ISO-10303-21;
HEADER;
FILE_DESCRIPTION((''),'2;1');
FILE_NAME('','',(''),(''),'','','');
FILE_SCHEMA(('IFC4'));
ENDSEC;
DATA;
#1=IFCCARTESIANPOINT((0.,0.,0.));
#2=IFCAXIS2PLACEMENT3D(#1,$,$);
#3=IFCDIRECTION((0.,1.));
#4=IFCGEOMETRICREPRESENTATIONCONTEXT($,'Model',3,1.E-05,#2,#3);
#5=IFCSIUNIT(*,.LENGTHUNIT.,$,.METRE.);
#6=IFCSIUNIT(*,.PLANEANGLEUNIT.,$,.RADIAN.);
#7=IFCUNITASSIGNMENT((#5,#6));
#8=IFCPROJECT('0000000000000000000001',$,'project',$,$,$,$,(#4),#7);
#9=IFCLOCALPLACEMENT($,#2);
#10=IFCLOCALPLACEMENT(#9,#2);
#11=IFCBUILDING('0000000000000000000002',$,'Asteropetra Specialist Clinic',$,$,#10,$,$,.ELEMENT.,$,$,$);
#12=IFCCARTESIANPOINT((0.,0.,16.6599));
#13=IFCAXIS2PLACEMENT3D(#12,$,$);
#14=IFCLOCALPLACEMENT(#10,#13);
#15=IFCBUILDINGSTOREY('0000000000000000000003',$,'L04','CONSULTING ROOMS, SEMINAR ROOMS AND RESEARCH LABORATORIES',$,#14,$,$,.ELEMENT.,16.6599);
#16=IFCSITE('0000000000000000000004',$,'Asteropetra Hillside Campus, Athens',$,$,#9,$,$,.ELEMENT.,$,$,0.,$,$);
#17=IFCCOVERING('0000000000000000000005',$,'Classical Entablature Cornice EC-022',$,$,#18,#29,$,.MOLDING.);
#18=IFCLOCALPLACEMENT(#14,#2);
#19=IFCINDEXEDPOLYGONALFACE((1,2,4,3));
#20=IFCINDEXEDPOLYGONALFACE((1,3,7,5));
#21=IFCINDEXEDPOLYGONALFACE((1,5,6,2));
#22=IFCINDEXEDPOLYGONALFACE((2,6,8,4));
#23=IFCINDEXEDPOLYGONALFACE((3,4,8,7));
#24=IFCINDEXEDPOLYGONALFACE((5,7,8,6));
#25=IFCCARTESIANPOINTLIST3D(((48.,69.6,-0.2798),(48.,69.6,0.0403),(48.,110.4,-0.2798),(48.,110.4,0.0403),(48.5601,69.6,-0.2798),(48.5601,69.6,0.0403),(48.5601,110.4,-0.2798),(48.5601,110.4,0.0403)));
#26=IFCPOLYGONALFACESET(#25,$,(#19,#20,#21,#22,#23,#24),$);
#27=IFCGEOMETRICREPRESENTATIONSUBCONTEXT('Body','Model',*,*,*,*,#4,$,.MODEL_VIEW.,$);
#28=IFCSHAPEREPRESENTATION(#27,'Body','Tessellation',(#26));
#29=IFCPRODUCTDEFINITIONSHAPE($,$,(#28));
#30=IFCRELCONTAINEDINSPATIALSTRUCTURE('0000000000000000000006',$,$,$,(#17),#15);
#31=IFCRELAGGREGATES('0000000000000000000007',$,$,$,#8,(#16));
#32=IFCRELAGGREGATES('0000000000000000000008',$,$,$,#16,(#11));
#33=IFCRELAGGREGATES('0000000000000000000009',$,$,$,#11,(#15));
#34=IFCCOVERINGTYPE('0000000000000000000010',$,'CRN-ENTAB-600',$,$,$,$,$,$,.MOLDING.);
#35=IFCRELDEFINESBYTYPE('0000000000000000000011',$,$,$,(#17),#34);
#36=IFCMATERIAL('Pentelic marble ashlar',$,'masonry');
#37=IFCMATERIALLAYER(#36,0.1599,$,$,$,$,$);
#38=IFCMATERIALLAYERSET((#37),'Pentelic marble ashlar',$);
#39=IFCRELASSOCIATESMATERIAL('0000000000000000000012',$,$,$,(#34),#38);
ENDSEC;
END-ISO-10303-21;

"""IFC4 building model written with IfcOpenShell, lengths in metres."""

from ifc_helpers import new_model, si_unit, direction, frame, origin, origin_2d, place, context, subcontext, project, spatial, rectangle, extrude, material, layer, layer_set, type_object, element, save


model = new_model("IFC4")

# Units and contexts
model_context = context("Model", 3, precision=1e-05, world=origin(), true_north=direction((0.0, 1.0)))
body_context = subcontext(model_context, "Body", "Model", "MODEL_VIEW")
ifc_project = project(units=[si_unit("LENGTHUNIT", "METRE"), si_unit("PLANEANGLEUNIT", "RADIAN")], contexts=[model_context])

# Site, building, storey
site_placement = place(None, origin())
site = spatial("IfcSite", under=ifc_project, at=site_placement, Name="Asteropetra Hillside Campus, Athens", CompositionType="ELEMENT", RefElevation=0.0)
building_placement = place(site_placement, origin())
building = spatial("IfcBuilding", under=site, at=building_placement, Name="Asteropetra Specialist Clinic", CompositionType="ELEMENT")
storey_placement = place(building_placement, frame((0.0, 0.0, 16.6599)))
storey = spatial("IfcBuildingStorey", under=building, at=storey_placement, Name="L04", Description="CONSULTING ROOMS, SEMINAR ROOMS AND RESEARCH LABORATORIES", CompositionType="ELEMENT", Elevation=16.6599)

# Covering
ifc_material_1 = material(Name="Pentelic marble ashlar", Category="masonry")
ifc_layer_1 = layer(ifc_material_1, 0.1599)
ifc_layer_set_1 = layer_set([ifc_layer_1], Name="Pentelic marble ashlar")
covering_type_1 = type_object("IfcCoveringType", Name="CRN-ENTAB-600", PredefinedType="MOLDING", material=ifc_layer_set_1)
covering_1_placement = place(storey_placement, frame((48.28, 90.0, -0.2798), z_axis=(0.0, 0.0, 1.0), x_axis=(1.0, 0.0, 0.0)))
element("IfcCovering", 1, at=covering_1_placement, inside=storey, type_object=covering_type_1, Name="Classical Entablature Cornice EC-022", PredefinedType="MOLDING", context=body_context, shape_type="SweptSolid", body=[
    extrude(rectangle(XDim=0.5601, YDim=40.8, at=origin_2d()), origin(), (0.0, 0.0, 1.0), 0.3201),
])

save(model, "model.ifc")
